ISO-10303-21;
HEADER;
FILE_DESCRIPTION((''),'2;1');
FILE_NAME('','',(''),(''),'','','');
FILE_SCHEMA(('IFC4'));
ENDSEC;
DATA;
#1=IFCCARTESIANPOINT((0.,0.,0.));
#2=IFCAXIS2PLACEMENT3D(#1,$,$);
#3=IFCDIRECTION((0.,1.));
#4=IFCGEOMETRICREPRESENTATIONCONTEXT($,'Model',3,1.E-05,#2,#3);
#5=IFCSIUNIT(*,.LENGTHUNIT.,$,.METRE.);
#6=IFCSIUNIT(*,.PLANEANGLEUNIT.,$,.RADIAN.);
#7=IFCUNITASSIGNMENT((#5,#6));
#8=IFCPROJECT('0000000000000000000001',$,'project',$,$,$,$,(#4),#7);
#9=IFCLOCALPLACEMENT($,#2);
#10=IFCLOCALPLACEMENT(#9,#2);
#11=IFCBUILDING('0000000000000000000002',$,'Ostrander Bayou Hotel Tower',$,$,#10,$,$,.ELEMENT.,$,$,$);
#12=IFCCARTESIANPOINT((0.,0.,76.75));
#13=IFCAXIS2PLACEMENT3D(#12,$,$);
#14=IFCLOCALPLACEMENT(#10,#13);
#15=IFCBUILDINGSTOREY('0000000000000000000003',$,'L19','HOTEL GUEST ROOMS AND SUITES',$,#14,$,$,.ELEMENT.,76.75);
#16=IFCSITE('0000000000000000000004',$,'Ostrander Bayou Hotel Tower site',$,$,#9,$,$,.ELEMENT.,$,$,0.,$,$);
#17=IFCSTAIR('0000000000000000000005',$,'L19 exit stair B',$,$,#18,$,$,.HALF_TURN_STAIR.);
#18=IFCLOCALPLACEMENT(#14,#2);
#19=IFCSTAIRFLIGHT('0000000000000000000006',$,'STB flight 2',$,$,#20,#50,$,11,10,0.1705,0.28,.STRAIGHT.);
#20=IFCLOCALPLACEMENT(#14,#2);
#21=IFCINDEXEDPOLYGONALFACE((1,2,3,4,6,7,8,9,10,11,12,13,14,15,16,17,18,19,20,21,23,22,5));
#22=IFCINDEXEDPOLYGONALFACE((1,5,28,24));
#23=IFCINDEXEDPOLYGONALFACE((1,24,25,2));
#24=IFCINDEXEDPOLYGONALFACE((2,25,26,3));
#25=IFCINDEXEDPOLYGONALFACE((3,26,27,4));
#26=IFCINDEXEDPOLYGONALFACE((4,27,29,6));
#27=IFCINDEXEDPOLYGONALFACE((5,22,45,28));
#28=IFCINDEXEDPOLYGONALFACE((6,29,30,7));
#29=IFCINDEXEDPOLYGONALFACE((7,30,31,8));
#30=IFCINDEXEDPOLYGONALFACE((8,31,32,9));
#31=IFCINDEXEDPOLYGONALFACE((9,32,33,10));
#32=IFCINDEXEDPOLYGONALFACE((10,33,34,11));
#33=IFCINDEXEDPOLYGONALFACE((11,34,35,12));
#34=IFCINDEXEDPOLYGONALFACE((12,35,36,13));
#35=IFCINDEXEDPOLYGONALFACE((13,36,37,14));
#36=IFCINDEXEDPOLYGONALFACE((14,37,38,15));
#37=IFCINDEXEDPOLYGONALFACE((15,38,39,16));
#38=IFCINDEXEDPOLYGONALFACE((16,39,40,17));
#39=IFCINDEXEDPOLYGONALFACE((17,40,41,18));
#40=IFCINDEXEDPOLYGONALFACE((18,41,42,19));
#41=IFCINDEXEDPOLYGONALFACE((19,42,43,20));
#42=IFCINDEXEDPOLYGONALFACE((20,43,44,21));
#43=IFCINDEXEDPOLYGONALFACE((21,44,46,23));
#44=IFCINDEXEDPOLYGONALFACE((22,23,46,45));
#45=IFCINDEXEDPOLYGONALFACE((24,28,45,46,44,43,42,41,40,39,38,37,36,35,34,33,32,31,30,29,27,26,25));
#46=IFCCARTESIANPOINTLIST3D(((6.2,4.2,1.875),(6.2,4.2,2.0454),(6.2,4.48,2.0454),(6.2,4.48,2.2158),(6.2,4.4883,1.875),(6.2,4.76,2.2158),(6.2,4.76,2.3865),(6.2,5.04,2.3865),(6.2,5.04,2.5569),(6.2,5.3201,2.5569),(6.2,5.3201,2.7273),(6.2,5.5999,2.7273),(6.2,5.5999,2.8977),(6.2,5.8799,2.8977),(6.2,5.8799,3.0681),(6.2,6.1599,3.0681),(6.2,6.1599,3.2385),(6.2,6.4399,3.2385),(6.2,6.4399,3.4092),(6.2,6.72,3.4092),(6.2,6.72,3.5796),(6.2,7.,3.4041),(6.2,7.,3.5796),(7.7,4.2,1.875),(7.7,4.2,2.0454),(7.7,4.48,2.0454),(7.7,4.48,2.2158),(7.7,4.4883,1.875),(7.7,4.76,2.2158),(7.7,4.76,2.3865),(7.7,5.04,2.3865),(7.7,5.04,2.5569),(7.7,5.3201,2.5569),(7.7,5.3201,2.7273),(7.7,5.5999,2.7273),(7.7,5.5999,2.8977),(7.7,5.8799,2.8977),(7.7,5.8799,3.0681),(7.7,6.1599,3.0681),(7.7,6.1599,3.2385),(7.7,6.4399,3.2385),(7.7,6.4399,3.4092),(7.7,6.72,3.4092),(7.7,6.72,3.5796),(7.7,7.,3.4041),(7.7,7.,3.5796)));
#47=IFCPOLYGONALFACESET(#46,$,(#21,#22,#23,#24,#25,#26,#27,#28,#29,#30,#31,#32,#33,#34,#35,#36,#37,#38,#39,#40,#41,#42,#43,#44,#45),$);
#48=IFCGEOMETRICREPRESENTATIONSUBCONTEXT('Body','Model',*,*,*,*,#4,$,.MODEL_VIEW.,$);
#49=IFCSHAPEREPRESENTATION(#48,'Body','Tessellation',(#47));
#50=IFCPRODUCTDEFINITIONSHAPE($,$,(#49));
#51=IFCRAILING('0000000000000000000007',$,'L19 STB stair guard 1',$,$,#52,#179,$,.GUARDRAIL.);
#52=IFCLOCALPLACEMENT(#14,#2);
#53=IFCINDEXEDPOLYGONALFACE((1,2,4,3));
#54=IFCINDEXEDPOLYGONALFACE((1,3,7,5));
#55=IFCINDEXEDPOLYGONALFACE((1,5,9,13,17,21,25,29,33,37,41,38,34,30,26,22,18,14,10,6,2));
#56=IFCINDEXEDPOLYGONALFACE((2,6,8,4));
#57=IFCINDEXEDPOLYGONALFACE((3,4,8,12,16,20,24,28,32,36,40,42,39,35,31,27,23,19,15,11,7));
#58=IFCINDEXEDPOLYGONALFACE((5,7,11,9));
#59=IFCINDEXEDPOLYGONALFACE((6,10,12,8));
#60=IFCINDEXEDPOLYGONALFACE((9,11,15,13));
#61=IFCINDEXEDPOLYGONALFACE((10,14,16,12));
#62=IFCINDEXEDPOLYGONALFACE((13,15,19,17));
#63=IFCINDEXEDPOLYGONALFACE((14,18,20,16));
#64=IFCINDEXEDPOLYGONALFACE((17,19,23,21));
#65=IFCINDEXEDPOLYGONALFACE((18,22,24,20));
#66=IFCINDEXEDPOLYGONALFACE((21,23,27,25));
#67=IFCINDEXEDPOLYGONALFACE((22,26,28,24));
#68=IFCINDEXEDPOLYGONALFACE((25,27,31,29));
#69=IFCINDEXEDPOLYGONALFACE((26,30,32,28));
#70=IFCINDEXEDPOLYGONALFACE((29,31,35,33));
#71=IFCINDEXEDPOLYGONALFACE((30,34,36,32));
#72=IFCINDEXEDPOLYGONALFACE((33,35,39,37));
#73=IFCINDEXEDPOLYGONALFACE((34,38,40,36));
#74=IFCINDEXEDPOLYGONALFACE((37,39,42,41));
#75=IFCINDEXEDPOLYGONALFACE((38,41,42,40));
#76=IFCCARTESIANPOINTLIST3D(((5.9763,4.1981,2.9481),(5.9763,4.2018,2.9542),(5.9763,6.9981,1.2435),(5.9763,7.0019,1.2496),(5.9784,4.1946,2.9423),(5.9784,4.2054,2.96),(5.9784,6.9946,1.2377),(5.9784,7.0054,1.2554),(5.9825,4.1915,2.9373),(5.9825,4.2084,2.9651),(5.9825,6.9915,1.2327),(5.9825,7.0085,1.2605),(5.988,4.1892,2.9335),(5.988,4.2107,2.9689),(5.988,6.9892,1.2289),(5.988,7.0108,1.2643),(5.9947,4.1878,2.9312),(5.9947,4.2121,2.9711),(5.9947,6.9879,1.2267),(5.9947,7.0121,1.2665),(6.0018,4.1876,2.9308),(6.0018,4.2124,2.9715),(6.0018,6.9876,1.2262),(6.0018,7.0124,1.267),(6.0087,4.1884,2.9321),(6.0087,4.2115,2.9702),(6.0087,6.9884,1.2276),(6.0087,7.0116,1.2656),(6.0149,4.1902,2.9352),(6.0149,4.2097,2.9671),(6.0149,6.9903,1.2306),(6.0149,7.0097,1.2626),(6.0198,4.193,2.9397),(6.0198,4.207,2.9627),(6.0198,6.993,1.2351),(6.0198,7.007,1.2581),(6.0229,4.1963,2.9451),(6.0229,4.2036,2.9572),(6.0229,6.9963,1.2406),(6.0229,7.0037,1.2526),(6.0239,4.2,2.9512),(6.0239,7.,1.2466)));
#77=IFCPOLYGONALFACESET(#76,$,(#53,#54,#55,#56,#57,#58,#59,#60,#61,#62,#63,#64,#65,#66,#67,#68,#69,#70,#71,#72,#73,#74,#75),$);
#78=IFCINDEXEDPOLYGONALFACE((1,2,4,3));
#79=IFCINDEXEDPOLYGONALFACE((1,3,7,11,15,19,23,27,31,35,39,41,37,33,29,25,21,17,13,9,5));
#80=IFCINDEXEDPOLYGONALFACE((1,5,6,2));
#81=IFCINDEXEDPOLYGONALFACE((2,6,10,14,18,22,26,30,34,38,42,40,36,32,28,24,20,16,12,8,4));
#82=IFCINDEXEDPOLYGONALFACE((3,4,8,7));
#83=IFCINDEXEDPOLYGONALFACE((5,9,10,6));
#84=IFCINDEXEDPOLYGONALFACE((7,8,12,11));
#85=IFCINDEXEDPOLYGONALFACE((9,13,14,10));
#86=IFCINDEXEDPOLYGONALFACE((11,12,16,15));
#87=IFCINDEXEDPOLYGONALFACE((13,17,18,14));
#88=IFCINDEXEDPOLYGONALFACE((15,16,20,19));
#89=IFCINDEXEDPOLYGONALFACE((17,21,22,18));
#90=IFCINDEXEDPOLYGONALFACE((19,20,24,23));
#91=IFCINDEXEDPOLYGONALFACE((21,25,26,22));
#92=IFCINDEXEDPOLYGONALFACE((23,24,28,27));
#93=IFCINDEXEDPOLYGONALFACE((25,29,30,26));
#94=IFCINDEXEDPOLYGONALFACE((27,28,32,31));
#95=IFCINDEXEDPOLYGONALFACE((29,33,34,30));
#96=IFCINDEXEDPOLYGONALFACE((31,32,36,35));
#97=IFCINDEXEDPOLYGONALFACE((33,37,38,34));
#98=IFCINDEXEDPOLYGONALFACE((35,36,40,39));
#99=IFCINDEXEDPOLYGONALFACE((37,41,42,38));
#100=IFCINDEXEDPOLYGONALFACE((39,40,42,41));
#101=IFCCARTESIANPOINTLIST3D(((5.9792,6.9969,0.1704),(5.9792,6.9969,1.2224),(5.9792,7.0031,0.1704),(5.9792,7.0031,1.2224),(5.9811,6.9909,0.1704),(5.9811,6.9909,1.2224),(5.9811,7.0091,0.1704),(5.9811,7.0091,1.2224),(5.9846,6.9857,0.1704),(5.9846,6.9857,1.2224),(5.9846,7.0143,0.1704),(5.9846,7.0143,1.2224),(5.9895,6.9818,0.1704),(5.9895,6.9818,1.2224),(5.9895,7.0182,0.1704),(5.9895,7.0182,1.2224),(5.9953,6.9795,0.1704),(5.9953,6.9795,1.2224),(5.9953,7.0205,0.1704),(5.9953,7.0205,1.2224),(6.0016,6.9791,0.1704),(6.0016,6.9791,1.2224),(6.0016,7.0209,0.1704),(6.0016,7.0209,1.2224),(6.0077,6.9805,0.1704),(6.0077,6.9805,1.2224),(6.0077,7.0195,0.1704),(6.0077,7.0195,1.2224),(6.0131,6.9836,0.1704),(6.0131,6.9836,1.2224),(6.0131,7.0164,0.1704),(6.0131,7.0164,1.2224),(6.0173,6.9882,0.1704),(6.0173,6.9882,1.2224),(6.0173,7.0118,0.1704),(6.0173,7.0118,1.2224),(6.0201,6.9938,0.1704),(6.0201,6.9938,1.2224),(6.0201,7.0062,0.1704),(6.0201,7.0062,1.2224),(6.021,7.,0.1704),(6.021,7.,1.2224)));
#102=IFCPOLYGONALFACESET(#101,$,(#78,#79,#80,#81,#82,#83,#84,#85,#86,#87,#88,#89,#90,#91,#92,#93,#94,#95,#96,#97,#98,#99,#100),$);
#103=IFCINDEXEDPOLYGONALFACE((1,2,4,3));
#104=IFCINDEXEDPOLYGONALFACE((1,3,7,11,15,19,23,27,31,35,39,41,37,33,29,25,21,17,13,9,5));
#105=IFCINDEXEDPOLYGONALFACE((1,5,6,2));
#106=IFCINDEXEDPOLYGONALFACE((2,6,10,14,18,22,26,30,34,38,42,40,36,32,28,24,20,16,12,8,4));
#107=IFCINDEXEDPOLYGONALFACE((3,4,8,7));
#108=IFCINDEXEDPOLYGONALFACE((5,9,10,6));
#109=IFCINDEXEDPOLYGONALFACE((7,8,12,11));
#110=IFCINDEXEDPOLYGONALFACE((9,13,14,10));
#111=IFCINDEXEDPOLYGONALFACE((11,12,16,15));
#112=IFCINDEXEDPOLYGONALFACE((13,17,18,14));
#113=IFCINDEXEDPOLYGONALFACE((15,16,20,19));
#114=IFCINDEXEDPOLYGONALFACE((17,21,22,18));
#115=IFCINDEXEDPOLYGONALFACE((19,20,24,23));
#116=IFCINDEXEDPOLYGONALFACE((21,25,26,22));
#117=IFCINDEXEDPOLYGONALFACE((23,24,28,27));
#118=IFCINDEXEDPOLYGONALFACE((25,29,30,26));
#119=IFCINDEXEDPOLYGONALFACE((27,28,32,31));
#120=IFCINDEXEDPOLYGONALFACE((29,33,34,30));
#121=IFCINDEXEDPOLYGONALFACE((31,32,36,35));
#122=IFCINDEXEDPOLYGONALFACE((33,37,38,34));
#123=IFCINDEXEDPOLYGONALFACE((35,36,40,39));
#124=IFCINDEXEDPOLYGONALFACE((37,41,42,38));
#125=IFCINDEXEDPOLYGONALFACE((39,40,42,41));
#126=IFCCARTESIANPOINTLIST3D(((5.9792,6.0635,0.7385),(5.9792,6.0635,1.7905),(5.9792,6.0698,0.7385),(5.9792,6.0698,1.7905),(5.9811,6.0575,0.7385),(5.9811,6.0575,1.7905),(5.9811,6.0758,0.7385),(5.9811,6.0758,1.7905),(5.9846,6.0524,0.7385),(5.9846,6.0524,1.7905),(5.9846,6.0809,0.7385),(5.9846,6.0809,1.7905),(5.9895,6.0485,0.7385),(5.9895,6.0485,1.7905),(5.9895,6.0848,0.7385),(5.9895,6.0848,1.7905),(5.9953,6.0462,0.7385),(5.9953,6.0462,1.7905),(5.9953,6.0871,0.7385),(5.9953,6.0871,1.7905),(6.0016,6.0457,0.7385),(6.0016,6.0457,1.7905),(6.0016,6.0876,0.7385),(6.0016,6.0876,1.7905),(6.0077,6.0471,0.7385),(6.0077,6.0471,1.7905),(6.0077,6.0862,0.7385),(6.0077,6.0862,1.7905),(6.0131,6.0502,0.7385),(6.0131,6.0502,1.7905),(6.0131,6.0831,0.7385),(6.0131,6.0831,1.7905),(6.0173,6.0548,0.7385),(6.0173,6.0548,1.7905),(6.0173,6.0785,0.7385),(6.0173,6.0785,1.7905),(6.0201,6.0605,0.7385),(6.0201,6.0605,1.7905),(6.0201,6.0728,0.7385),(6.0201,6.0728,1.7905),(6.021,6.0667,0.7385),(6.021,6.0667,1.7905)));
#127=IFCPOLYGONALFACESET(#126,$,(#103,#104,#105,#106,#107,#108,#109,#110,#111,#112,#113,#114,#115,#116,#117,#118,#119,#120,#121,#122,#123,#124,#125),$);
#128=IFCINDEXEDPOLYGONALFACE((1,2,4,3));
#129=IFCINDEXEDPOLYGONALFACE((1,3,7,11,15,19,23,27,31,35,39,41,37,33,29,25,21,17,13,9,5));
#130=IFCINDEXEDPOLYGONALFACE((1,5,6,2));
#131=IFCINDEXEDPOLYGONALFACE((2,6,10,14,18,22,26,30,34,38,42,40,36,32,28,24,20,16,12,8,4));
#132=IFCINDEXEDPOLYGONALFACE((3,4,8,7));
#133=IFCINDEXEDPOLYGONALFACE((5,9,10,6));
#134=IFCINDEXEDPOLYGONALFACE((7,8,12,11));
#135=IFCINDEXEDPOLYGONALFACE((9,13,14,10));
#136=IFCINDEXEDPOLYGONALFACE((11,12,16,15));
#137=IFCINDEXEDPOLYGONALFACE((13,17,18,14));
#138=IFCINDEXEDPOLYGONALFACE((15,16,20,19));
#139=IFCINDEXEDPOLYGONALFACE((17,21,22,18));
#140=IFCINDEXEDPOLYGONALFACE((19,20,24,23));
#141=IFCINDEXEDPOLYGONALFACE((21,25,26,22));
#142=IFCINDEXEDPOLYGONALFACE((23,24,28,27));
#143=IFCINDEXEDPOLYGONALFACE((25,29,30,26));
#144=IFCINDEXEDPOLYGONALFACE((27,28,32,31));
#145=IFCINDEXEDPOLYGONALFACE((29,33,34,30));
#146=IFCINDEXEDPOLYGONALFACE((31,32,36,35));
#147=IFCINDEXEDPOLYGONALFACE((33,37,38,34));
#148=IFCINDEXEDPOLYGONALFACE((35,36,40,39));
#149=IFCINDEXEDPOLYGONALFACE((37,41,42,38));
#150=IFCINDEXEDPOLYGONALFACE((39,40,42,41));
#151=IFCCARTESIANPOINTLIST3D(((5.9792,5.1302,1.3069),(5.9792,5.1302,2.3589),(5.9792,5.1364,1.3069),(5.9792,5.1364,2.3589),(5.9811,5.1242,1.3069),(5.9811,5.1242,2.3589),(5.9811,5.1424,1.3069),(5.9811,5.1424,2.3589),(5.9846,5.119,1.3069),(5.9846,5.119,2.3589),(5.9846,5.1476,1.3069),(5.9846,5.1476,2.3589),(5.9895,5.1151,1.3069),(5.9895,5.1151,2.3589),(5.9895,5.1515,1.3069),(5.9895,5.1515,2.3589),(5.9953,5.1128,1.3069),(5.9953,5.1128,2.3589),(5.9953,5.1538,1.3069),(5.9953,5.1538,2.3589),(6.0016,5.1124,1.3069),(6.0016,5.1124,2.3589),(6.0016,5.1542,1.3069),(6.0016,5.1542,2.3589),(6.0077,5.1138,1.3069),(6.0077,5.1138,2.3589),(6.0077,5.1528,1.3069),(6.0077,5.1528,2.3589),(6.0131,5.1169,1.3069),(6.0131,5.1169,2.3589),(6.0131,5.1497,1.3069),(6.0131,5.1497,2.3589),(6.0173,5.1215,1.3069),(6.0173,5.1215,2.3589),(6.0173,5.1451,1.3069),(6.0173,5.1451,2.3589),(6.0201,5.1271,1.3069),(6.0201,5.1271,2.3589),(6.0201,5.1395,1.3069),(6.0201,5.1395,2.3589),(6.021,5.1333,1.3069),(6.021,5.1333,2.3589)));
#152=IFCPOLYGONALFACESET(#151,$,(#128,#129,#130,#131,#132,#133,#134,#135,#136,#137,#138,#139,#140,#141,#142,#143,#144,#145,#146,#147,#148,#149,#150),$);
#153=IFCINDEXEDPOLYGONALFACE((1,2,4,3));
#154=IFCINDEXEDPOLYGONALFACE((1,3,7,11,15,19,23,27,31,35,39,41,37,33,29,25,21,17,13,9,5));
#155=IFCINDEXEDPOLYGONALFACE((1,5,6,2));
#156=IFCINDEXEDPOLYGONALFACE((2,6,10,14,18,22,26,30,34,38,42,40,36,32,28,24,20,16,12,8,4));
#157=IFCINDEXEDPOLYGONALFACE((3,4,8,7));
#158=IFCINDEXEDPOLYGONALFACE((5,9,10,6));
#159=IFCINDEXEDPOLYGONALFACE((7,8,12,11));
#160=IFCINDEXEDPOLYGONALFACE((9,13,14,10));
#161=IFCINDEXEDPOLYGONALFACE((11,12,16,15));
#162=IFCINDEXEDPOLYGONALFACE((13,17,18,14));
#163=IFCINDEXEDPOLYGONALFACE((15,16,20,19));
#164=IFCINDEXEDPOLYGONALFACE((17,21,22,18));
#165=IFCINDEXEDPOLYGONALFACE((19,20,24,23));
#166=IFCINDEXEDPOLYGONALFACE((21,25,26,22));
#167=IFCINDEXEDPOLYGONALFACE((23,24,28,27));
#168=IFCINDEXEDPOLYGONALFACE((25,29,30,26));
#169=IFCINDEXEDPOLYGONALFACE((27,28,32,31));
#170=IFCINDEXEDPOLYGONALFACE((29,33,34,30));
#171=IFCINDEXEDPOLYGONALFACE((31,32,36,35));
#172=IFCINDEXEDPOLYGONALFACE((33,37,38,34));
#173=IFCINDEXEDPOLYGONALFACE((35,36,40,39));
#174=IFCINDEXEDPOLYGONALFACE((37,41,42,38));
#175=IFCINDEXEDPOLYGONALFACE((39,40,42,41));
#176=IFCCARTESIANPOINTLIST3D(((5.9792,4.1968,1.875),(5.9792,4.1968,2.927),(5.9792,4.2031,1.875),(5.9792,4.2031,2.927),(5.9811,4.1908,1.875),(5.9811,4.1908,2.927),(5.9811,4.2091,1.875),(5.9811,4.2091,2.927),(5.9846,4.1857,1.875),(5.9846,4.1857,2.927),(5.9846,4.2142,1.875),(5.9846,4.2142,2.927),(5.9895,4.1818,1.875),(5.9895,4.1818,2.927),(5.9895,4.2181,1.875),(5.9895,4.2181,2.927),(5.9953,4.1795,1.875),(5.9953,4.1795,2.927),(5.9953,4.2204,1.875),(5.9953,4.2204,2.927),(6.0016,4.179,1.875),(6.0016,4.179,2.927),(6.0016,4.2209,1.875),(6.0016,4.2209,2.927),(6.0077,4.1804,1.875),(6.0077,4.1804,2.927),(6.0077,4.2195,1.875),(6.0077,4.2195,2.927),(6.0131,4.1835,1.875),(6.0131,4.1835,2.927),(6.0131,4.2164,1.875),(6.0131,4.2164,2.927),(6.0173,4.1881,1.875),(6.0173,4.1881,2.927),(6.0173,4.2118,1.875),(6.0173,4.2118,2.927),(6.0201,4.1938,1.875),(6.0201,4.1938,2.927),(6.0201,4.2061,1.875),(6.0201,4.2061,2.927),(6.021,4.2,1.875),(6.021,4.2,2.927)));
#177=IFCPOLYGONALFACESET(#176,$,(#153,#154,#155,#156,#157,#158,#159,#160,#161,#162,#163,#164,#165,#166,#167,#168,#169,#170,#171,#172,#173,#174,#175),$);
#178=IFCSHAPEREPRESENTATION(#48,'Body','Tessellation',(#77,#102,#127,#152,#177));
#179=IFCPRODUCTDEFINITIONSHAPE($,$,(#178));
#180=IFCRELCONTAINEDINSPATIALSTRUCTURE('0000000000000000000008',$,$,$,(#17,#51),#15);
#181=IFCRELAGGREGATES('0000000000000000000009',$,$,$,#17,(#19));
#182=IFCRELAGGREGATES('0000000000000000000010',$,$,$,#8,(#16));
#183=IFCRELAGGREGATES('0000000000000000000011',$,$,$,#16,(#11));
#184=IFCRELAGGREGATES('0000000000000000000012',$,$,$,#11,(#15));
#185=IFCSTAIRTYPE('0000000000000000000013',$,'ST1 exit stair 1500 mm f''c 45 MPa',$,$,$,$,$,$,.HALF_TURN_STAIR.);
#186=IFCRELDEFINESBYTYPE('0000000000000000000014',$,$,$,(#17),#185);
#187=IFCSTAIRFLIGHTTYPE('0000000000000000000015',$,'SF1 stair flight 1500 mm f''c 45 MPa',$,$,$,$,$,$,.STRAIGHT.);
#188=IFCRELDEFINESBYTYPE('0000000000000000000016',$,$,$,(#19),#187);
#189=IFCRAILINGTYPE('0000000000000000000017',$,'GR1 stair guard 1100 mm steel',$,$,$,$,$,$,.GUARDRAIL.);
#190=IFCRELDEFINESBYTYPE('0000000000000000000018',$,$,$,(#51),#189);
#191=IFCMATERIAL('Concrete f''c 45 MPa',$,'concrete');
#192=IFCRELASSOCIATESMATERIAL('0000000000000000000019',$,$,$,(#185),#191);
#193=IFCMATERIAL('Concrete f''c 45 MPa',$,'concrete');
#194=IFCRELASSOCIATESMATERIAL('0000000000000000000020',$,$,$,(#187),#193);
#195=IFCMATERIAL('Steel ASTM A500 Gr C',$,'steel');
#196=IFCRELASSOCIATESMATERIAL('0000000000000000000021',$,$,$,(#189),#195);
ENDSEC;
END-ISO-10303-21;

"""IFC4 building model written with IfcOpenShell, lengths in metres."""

from ifc_helpers import new_model, si_unit, direction, frame, origin, origin_2d, place, context, subcontext, project, spatial, polyline, circle, outline, extrude, material, type_object, element, aggregate, save


model = new_model("IFC4")

# Units and contexts
model_context = context("Model", 3, precision=1e-05, world=origin(), true_north=direction((0.0, 1.0)))
body_context = subcontext(model_context, "Body", "Model", "MODEL_VIEW")
ifc_project = project(units=[si_unit("LENGTHUNIT", "METRE"), si_unit("PLANEANGLEUNIT", "RADIAN")], contexts=[model_context])

# Site, building, storey
site_placement = place(None, origin())
site = spatial("IfcSite", under=ifc_project, at=site_placement, Name="Ostrander Bayou Hotel Tower site", CompositionType="ELEMENT", RefElevation=0.0)
building_placement = place(site_placement, origin())
building = spatial("IfcBuilding", under=site, at=building_placement, Name="Ostrander Bayou Hotel Tower", CompositionType="ELEMENT")
storey_placement = place(building_placement, frame((0.0, 0.0, 76.75)))
storey = spatial("IfcBuildingStorey", under=building, at=storey_placement, Name="L19", Description="HOTEL GUEST ROOMS AND SUITES", CompositionType="ELEMENT", Elevation=76.75)

# Stair, stair flight
ifc_material_1 = material(Name="Concrete f'c 45 MPa", Category="concrete")
stair_type = type_object("IfcStairType", Name="ST1 exit stair 1500 mm f'c 45 MPa", PredefinedType="HALF_TURN_STAIR", material=ifc_material_1)
stair_placement = place(storey_placement, origin())
stair = element("IfcStair", 1, at=stair_placement, inside=storey, type_object=stair_type, Name="L19 exit stair B", PredefinedType="HALF_TURN_STAIR")
ifc_material_2 = material(Name="Concrete f'c 45 MPa", Category="concrete")
stair_flight_type = type_object("IfcStairFlightType", Name="SF1 stair flight 1500 mm f'c 45 MPa", PredefinedType="STRAIGHT", material=ifc_material_2)
stair_flight_1_placement = place(storey_placement, frame((6.95, 4.2, 1.875), z_axis=(0.0, 0.0, 1.0), x_axis=(0.0, 1.0, 0.0)))
stair_flight_1 = element("IfcStairFlight", 2, at=stair_flight_1_placement, type_object=stair_flight_type, Name="STB flight 2", NumberOfRisers=11, NumberOfTreads=10, PredefinedType="STRAIGHT", RiserHeight=0.1705, TreadLength=0.28, context=body_context, shape_type="SweptSolid", body=[
    extrude(outline(polyline([(0.0, 0.0), (0.0, 0.1704), (0.28, 0.1704), (0.28, 0.3408), (0.5601, 0.3408), (0.5601, 0.5115), (0.8401, 0.5115), (0.8401, 0.6819), (1.1201, 0.6819), (1.1201, 0.8523), (1.3999, 0.8523), (1.3999, 1.0227), (1.6799, 1.0227), (1.6799, 1.1931), (1.96, 1.1931), (1.96, 1.3635), (2.24, 1.3635), (2.24, 1.5342), (2.52, 1.5342), (2.52, 1.7046), (2.8, 1.7046), (2.8, 1.875), (2.8, 1.5291), (0.2883, 0.0), (0.0, 0.0)])), frame((0.0, 0.75, 0.0), z_axis=(0.0, -1.0, 0.0), x_axis=(1.0, 0.0, 0.0)), (0.0, 0.0, 1.0), 1.5),
])
aggregate(stair, [stair_flight_1])

# Railing
ifc_material_3 = material(Name="Steel ASTM A500 Gr C", Category="steel")
railing_type_1 = type_object("IfcRailingType", Name="GR1 stair guard 1100 mm steel", PredefinedType="GUARDRAIL", material=ifc_material_3)
railing_1_placement = place(storey_placement, frame((6.0, 7.0, 0.1704)))
element("IfcRailing", 3, at=railing_1_placement, inside=storey, type_object=railing_type_1, Name="L19 STB stair guard 1", PredefinedType="GUARDRAIL", context=body_context, shape_type="SweptSolid", body=[
    extrude(circle(Radius=0.0239, at=origin_2d()), frame((0.0, 0.0, 1.0762), z_axis=(0.0, -0.85417, 0.519994), x_axis=(1.0, 0.0, 0.0)), (0.0, 0.0, 1.0), 3.2781),
    extrude(circle(Radius=0.021, at=origin_2d()), origin(), (0.0, 0.0, 1.0), 1.052),
    extrude(circle(Radius=0.021, at=origin_2d()), frame((0.0, -0.9333, 0.5681)), (0.0, 0.0, 1.0), 1.052),
    extrude(circle(Radius=0.021, at=origin_2d()), frame((0.0, -1.8667, 1.1365)), (0.0, 0.0, 1.0), 1.052),
    extrude(circle(Radius=0.021, at=origin_2d()), frame((0.0, -2.8, 1.7046)), (0.0, 0.0, 1.0), 1.052),
])

save(model, "model.ifc")
